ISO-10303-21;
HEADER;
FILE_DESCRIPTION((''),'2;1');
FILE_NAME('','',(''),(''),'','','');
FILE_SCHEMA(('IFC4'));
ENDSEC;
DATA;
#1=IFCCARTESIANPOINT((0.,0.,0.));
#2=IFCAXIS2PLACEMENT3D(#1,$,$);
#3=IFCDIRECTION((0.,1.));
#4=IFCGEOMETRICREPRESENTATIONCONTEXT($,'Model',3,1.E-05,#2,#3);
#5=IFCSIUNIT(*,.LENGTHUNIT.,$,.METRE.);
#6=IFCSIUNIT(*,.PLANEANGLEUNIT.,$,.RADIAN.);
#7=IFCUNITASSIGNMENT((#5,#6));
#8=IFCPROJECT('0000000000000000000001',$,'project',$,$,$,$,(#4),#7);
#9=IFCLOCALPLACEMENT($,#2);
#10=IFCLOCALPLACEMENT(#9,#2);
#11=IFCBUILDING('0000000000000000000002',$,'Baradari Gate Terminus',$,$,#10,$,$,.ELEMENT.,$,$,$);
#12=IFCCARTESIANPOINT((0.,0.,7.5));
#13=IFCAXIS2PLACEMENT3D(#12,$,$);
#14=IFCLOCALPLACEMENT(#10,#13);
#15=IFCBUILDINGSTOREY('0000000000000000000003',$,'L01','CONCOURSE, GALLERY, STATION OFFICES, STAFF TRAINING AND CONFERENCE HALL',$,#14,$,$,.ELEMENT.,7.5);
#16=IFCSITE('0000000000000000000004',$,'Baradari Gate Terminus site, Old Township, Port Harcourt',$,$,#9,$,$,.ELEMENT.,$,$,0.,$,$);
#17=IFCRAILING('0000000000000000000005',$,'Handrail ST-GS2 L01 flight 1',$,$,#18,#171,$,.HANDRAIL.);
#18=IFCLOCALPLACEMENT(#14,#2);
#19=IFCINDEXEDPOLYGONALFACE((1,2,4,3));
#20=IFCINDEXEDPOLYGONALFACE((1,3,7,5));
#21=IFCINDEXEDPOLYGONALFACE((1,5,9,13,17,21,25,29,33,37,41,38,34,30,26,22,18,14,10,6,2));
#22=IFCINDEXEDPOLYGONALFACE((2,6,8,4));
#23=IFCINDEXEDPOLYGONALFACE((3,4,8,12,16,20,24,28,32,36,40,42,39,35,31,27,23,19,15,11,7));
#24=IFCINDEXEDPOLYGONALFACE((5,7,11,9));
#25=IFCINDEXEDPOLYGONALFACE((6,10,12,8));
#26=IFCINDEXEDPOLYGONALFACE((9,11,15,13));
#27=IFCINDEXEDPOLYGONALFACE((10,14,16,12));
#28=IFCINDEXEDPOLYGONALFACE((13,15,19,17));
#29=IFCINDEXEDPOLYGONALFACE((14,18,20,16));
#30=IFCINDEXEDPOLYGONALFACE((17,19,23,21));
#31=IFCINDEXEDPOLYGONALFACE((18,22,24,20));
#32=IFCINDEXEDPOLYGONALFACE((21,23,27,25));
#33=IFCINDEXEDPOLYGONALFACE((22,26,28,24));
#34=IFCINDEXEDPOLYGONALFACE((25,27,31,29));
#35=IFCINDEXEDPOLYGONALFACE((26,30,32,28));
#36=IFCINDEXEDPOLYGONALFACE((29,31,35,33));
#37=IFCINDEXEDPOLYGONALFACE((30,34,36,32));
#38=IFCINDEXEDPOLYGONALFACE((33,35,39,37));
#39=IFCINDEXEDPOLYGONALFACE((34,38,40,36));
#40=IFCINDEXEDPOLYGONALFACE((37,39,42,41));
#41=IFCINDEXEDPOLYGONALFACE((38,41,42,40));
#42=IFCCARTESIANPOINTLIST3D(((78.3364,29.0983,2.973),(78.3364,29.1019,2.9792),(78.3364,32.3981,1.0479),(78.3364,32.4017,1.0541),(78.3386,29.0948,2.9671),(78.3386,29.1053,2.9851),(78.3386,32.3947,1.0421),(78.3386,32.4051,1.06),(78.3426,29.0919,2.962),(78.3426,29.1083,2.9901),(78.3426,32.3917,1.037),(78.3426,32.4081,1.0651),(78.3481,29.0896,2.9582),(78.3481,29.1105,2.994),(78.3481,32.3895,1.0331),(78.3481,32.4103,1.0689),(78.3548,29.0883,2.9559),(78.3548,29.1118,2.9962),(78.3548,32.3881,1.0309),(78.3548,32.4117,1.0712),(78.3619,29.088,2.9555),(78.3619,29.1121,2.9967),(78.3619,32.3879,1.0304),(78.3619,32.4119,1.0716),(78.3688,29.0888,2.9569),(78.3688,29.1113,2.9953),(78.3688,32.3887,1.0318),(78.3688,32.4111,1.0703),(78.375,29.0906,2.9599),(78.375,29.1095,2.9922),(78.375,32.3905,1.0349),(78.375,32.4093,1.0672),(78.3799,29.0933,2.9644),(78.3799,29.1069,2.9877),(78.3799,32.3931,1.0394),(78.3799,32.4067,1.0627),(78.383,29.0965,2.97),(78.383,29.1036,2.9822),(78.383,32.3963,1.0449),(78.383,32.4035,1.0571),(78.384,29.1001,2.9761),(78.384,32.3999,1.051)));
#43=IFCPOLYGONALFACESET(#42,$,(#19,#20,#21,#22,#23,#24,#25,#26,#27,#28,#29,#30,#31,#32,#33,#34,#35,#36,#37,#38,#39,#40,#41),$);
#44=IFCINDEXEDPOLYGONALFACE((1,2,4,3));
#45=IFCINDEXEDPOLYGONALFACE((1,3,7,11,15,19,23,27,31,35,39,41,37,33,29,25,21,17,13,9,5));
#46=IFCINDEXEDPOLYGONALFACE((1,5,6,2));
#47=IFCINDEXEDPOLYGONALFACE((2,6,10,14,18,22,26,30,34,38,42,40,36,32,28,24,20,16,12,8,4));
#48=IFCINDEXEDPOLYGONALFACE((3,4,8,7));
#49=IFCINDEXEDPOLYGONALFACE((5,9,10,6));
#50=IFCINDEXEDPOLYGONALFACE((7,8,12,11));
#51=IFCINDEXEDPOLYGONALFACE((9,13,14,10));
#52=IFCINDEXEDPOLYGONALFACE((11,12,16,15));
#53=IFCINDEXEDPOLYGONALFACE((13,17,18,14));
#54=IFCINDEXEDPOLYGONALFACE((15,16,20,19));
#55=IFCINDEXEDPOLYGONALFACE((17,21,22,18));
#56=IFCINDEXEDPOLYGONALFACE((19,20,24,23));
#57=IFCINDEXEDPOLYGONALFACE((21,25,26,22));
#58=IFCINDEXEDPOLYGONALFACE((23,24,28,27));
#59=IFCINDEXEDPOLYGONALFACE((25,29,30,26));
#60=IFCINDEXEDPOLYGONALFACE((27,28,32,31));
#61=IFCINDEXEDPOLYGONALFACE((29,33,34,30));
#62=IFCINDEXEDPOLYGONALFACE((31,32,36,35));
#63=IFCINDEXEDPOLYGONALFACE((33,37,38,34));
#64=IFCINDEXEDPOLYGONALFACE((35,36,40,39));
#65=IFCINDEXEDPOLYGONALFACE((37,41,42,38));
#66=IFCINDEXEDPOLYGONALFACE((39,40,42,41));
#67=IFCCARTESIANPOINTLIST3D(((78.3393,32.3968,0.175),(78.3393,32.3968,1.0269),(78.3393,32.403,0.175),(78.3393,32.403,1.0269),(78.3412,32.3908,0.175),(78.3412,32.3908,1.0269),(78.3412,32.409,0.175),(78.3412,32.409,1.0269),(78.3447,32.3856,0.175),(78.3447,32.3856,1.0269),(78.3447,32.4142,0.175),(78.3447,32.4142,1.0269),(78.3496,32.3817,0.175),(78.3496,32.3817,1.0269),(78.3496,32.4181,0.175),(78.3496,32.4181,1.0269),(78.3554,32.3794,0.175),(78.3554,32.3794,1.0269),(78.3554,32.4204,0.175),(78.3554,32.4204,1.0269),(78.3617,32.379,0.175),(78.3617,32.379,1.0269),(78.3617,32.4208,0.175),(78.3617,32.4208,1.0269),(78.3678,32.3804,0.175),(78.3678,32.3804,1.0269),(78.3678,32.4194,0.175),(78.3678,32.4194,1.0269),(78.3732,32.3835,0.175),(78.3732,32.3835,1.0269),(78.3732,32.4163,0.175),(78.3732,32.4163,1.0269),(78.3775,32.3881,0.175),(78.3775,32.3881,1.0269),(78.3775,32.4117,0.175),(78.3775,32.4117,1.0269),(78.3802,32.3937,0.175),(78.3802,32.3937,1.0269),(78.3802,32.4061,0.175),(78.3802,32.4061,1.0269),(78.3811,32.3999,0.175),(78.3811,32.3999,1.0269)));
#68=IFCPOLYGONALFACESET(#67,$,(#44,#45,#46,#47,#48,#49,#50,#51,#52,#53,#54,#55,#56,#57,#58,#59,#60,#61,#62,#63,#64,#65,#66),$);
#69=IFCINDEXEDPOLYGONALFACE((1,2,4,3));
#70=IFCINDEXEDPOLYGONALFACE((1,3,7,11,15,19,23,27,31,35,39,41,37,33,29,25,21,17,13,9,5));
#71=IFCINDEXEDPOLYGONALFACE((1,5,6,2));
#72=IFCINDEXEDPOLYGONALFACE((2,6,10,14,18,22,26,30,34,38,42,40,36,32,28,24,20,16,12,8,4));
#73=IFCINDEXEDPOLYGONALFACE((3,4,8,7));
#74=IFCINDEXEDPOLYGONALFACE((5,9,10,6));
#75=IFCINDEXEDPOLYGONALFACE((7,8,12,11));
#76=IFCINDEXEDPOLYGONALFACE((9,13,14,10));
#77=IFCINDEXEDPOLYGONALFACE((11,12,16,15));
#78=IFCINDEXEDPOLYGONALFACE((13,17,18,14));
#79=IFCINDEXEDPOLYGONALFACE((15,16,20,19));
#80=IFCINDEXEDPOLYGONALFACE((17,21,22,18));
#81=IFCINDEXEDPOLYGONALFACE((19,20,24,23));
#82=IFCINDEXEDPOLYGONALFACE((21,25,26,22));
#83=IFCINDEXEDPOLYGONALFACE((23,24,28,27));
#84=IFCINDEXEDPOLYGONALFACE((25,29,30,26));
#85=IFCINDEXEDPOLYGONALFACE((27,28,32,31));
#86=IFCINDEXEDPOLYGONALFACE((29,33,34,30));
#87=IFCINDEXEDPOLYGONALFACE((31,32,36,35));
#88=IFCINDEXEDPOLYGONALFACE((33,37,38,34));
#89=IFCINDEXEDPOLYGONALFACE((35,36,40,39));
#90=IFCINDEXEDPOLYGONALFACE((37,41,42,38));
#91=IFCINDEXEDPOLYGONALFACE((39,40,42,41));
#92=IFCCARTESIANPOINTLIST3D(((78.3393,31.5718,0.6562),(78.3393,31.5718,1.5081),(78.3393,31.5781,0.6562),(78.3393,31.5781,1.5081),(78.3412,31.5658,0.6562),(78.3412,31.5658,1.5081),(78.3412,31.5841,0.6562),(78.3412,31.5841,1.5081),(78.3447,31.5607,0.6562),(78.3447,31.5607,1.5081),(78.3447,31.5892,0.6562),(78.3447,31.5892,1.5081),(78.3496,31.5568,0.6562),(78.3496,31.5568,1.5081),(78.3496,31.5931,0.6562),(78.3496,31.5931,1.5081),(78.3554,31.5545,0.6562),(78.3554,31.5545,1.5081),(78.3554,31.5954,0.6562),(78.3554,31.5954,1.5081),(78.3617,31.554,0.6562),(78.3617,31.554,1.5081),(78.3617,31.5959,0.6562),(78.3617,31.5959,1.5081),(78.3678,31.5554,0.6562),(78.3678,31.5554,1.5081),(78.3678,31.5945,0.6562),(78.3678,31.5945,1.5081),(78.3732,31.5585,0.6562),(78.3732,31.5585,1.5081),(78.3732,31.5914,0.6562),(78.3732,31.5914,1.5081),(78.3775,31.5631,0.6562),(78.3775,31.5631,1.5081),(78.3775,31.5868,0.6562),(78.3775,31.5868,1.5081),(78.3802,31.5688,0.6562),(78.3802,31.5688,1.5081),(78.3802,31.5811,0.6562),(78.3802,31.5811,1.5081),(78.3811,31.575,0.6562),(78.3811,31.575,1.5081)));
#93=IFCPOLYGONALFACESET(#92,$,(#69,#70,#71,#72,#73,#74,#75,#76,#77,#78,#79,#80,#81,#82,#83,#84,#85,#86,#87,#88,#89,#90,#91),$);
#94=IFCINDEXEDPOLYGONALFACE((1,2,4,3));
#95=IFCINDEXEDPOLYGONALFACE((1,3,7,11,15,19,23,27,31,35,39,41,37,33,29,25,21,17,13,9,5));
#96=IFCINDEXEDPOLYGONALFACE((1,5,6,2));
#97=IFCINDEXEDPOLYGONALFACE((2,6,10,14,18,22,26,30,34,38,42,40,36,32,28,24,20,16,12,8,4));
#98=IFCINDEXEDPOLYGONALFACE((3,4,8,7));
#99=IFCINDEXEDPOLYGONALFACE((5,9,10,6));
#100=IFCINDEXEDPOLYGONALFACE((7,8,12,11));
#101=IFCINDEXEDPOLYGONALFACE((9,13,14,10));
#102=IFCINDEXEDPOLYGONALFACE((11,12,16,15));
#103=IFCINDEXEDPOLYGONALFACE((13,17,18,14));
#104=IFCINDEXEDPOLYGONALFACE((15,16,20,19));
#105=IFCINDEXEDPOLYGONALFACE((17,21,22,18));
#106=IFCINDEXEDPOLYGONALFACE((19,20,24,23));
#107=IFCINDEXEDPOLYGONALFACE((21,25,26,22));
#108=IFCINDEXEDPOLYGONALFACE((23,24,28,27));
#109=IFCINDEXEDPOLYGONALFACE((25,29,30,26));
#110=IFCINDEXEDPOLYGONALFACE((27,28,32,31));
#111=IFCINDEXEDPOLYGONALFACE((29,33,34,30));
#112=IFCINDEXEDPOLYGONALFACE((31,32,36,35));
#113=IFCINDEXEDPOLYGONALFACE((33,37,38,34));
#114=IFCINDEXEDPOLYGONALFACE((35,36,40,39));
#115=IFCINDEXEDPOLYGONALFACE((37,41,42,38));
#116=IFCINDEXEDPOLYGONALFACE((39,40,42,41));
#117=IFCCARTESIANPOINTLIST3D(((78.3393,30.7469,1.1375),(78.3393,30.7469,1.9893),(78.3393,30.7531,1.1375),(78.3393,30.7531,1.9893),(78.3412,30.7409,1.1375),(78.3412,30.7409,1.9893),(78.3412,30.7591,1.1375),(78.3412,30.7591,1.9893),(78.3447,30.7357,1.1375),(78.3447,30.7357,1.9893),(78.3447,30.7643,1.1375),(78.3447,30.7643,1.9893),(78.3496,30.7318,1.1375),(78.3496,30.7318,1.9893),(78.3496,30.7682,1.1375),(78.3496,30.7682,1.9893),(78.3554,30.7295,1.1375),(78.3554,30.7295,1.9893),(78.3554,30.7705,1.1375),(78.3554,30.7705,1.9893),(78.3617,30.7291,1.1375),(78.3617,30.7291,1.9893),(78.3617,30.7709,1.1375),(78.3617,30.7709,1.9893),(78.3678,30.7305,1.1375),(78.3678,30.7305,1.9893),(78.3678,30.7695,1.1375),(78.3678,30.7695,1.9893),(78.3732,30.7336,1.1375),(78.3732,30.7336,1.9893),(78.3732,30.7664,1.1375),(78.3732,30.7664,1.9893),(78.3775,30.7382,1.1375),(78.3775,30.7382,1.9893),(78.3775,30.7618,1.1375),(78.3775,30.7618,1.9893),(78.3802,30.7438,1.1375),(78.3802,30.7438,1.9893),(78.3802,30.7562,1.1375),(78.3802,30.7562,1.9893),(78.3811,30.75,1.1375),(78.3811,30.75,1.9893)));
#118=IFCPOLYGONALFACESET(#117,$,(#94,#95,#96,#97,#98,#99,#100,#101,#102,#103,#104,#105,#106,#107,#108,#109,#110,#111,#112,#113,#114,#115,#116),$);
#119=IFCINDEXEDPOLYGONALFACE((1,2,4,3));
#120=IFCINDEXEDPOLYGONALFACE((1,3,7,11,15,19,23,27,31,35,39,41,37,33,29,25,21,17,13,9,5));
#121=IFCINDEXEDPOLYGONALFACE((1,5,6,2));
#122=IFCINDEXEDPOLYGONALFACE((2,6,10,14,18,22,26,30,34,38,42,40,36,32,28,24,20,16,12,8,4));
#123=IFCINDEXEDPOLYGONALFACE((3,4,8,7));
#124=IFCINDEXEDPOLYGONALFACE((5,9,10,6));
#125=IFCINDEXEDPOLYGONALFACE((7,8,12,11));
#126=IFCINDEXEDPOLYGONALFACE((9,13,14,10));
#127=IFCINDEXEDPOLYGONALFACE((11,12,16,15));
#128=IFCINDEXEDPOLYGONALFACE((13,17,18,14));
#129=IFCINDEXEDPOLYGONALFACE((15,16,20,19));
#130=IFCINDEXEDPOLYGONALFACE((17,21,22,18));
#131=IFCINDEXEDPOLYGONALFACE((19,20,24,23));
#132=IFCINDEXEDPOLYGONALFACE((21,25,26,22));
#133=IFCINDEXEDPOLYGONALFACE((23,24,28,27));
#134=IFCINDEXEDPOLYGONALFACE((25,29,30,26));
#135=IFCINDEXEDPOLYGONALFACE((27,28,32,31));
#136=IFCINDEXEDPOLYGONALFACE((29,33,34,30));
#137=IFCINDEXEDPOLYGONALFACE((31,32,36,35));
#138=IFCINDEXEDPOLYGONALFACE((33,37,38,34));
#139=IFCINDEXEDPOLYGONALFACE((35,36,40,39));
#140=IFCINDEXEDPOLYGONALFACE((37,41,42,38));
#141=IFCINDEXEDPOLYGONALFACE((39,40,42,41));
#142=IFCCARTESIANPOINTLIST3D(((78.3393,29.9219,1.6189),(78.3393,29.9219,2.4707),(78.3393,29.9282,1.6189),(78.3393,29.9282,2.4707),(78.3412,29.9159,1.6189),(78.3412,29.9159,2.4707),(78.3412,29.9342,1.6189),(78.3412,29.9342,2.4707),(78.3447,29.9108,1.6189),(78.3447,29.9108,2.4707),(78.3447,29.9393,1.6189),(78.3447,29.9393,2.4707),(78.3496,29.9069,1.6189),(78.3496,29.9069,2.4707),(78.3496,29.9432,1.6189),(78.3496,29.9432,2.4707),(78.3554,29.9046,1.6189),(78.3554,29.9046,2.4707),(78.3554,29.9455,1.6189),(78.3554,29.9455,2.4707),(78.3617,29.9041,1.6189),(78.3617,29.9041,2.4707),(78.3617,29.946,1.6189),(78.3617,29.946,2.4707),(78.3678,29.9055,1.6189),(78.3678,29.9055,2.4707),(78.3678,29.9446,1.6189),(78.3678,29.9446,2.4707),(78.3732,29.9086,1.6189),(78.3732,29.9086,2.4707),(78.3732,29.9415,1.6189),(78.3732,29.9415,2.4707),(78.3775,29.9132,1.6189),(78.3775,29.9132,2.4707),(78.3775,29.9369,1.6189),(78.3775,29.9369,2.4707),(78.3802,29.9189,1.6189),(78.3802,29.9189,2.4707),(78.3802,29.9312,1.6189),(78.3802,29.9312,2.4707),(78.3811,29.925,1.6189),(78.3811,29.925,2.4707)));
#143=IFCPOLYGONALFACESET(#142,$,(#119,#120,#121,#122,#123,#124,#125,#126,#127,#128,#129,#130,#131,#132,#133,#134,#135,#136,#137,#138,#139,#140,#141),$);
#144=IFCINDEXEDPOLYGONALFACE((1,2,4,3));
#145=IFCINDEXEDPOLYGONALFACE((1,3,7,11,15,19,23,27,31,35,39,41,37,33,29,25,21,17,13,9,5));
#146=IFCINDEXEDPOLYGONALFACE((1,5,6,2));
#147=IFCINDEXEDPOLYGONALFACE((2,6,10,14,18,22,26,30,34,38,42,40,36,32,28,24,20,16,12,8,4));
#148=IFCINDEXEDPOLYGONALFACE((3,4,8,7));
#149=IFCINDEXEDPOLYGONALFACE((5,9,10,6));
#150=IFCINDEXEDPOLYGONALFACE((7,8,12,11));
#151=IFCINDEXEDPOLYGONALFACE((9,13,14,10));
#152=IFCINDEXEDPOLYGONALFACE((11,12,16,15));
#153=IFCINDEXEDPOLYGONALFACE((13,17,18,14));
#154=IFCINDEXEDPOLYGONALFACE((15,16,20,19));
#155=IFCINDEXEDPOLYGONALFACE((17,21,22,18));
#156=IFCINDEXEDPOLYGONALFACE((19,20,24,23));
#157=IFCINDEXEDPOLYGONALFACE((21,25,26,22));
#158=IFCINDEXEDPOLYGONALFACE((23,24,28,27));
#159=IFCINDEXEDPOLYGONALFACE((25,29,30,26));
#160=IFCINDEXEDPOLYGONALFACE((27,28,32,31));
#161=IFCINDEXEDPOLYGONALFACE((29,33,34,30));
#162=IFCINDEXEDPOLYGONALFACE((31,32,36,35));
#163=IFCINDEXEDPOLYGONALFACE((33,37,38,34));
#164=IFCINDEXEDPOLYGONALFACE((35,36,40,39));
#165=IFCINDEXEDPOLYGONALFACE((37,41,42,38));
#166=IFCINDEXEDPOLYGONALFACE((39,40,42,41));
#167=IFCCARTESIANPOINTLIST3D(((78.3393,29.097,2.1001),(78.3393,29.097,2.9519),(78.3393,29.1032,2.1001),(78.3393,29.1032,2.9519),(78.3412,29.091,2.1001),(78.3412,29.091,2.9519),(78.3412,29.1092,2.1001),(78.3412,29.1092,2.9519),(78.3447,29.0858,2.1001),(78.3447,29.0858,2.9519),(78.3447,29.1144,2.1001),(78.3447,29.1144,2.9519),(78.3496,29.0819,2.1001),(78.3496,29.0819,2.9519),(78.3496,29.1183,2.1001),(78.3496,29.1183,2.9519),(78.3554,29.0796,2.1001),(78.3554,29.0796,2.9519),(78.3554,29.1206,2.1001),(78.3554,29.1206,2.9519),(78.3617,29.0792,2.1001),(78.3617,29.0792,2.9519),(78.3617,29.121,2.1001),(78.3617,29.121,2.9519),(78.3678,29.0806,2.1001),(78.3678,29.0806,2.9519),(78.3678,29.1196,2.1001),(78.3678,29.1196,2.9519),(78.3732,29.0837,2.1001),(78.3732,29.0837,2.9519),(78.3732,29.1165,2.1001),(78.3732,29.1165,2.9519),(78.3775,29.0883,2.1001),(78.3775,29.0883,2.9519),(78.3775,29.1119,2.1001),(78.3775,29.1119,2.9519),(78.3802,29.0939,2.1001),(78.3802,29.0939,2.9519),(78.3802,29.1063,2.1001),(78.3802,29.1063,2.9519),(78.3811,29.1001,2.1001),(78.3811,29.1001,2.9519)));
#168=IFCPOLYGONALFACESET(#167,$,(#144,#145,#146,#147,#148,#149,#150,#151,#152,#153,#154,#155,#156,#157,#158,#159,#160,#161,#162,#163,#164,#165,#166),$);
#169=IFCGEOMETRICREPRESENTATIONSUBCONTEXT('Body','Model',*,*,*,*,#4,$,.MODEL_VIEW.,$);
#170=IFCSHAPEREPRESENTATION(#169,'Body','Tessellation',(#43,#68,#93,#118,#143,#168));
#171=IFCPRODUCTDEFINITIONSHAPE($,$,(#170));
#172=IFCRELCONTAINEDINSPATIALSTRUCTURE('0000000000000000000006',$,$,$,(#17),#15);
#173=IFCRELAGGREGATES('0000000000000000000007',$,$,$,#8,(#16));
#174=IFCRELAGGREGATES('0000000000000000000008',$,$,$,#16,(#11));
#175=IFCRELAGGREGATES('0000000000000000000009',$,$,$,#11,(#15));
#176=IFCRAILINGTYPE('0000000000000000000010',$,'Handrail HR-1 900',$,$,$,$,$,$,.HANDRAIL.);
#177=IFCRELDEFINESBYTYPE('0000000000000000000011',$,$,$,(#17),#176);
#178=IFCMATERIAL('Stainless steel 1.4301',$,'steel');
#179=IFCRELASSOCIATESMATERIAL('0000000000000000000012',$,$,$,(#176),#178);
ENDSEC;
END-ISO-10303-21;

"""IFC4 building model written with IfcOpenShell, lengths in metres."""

from ifc_helpers import new_model, si_unit, direction, frame, origin, origin_2d, place, context, subcontext, project, spatial, circle, extrude, material, type_object, element, save


model = new_model("IFC4")

# Units and contexts
model_context = context("Model", 3, precision=1e-05, world=origin(), true_north=direction((0.0, 1.0)))
body_context = subcontext(model_context, "Body", "Model", "MODEL_VIEW")
ifc_project = project(units=[si_unit("LENGTHUNIT", "METRE"), si_unit("PLANEANGLEUNIT", "RADIAN")], contexts=[model_context])

# Site, building, storey
site_placement = place(None, origin())
site = spatial("IfcSite", under=ifc_project, at=site_placement, Name="Baradari Gate Terminus site, Old Township, Port Harcourt", CompositionType="ELEMENT", RefElevation=0.0)
building_placement = place(site_placement, origin())
building = spatial("IfcBuilding", under=site, at=building_placement, Name="Baradari Gate Terminus", CompositionType="ELEMENT")
storey_placement = place(building_placement, frame((0.0, 0.0, 7.5)))
storey = spatial("IfcBuildingStorey", under=building, at=storey_placement, Name="L01", Description="CONCOURSE, GALLERY, STATION OFFICES, STAFF TRAINING AND CONFERENCE HALL", CompositionType="ELEMENT", Elevation=7.5)

# Railing
ifc_material_1 = material(Name="Stainless steel 1.4301", Category="steel")
railing_type = type_object("IfcRailingType", Name="Handrail HR-1 900", PredefinedType="HANDRAIL", material=ifc_material_1)
for number, where, name in (
    (1, (78.3601, 32.3999, 0.175), "Handrail ST-GS2 L01 flight 1"),
):
    element("IfcRailing", number, at=place(storey_placement, frame(where)), inside=storey, type_object=railing_type, Name=name, PredefinedType="HANDRAIL", context=body_context, shape_type="SweptSolid", body=[
        extrude(circle(Radius=0.0239, at=origin_2d()), frame((0.0, 0.0, 0.876), z_axis=(0.0, -0.86376, 0.503903), x_axis=(1.0, 0.0, 0.0)), (0.0, 0.0, 1.0), 3.8203),
        extrude(circle(Radius=0.021, at=origin_2d()), origin(), (0.0, 0.0, 1.0), 0.8518),
        extrude(circle(Radius=0.021, at=origin_2d()), frame((0.0, -0.825, 0.4812)), (0.0, 0.0, 1.0), 0.8518),
        extrude(circle(Radius=0.021, at=origin_2d()), frame((0.0, -1.6499, 0.9624)), (0.0, 0.0, 1.0), 0.8518),
        extrude(circle(Radius=0.021, at=origin_2d()), frame((0.0, -2.4749, 1.4438)), (0.0, 0.0, 1.0), 0.8518),
        extrude(circle(Radius=0.021, at=origin_2d()), frame((0.0, -3.2998, 1.925)), (0.0, 0.0, 1.0), 0.8518),
    ])

save(model, "model.ifc")
